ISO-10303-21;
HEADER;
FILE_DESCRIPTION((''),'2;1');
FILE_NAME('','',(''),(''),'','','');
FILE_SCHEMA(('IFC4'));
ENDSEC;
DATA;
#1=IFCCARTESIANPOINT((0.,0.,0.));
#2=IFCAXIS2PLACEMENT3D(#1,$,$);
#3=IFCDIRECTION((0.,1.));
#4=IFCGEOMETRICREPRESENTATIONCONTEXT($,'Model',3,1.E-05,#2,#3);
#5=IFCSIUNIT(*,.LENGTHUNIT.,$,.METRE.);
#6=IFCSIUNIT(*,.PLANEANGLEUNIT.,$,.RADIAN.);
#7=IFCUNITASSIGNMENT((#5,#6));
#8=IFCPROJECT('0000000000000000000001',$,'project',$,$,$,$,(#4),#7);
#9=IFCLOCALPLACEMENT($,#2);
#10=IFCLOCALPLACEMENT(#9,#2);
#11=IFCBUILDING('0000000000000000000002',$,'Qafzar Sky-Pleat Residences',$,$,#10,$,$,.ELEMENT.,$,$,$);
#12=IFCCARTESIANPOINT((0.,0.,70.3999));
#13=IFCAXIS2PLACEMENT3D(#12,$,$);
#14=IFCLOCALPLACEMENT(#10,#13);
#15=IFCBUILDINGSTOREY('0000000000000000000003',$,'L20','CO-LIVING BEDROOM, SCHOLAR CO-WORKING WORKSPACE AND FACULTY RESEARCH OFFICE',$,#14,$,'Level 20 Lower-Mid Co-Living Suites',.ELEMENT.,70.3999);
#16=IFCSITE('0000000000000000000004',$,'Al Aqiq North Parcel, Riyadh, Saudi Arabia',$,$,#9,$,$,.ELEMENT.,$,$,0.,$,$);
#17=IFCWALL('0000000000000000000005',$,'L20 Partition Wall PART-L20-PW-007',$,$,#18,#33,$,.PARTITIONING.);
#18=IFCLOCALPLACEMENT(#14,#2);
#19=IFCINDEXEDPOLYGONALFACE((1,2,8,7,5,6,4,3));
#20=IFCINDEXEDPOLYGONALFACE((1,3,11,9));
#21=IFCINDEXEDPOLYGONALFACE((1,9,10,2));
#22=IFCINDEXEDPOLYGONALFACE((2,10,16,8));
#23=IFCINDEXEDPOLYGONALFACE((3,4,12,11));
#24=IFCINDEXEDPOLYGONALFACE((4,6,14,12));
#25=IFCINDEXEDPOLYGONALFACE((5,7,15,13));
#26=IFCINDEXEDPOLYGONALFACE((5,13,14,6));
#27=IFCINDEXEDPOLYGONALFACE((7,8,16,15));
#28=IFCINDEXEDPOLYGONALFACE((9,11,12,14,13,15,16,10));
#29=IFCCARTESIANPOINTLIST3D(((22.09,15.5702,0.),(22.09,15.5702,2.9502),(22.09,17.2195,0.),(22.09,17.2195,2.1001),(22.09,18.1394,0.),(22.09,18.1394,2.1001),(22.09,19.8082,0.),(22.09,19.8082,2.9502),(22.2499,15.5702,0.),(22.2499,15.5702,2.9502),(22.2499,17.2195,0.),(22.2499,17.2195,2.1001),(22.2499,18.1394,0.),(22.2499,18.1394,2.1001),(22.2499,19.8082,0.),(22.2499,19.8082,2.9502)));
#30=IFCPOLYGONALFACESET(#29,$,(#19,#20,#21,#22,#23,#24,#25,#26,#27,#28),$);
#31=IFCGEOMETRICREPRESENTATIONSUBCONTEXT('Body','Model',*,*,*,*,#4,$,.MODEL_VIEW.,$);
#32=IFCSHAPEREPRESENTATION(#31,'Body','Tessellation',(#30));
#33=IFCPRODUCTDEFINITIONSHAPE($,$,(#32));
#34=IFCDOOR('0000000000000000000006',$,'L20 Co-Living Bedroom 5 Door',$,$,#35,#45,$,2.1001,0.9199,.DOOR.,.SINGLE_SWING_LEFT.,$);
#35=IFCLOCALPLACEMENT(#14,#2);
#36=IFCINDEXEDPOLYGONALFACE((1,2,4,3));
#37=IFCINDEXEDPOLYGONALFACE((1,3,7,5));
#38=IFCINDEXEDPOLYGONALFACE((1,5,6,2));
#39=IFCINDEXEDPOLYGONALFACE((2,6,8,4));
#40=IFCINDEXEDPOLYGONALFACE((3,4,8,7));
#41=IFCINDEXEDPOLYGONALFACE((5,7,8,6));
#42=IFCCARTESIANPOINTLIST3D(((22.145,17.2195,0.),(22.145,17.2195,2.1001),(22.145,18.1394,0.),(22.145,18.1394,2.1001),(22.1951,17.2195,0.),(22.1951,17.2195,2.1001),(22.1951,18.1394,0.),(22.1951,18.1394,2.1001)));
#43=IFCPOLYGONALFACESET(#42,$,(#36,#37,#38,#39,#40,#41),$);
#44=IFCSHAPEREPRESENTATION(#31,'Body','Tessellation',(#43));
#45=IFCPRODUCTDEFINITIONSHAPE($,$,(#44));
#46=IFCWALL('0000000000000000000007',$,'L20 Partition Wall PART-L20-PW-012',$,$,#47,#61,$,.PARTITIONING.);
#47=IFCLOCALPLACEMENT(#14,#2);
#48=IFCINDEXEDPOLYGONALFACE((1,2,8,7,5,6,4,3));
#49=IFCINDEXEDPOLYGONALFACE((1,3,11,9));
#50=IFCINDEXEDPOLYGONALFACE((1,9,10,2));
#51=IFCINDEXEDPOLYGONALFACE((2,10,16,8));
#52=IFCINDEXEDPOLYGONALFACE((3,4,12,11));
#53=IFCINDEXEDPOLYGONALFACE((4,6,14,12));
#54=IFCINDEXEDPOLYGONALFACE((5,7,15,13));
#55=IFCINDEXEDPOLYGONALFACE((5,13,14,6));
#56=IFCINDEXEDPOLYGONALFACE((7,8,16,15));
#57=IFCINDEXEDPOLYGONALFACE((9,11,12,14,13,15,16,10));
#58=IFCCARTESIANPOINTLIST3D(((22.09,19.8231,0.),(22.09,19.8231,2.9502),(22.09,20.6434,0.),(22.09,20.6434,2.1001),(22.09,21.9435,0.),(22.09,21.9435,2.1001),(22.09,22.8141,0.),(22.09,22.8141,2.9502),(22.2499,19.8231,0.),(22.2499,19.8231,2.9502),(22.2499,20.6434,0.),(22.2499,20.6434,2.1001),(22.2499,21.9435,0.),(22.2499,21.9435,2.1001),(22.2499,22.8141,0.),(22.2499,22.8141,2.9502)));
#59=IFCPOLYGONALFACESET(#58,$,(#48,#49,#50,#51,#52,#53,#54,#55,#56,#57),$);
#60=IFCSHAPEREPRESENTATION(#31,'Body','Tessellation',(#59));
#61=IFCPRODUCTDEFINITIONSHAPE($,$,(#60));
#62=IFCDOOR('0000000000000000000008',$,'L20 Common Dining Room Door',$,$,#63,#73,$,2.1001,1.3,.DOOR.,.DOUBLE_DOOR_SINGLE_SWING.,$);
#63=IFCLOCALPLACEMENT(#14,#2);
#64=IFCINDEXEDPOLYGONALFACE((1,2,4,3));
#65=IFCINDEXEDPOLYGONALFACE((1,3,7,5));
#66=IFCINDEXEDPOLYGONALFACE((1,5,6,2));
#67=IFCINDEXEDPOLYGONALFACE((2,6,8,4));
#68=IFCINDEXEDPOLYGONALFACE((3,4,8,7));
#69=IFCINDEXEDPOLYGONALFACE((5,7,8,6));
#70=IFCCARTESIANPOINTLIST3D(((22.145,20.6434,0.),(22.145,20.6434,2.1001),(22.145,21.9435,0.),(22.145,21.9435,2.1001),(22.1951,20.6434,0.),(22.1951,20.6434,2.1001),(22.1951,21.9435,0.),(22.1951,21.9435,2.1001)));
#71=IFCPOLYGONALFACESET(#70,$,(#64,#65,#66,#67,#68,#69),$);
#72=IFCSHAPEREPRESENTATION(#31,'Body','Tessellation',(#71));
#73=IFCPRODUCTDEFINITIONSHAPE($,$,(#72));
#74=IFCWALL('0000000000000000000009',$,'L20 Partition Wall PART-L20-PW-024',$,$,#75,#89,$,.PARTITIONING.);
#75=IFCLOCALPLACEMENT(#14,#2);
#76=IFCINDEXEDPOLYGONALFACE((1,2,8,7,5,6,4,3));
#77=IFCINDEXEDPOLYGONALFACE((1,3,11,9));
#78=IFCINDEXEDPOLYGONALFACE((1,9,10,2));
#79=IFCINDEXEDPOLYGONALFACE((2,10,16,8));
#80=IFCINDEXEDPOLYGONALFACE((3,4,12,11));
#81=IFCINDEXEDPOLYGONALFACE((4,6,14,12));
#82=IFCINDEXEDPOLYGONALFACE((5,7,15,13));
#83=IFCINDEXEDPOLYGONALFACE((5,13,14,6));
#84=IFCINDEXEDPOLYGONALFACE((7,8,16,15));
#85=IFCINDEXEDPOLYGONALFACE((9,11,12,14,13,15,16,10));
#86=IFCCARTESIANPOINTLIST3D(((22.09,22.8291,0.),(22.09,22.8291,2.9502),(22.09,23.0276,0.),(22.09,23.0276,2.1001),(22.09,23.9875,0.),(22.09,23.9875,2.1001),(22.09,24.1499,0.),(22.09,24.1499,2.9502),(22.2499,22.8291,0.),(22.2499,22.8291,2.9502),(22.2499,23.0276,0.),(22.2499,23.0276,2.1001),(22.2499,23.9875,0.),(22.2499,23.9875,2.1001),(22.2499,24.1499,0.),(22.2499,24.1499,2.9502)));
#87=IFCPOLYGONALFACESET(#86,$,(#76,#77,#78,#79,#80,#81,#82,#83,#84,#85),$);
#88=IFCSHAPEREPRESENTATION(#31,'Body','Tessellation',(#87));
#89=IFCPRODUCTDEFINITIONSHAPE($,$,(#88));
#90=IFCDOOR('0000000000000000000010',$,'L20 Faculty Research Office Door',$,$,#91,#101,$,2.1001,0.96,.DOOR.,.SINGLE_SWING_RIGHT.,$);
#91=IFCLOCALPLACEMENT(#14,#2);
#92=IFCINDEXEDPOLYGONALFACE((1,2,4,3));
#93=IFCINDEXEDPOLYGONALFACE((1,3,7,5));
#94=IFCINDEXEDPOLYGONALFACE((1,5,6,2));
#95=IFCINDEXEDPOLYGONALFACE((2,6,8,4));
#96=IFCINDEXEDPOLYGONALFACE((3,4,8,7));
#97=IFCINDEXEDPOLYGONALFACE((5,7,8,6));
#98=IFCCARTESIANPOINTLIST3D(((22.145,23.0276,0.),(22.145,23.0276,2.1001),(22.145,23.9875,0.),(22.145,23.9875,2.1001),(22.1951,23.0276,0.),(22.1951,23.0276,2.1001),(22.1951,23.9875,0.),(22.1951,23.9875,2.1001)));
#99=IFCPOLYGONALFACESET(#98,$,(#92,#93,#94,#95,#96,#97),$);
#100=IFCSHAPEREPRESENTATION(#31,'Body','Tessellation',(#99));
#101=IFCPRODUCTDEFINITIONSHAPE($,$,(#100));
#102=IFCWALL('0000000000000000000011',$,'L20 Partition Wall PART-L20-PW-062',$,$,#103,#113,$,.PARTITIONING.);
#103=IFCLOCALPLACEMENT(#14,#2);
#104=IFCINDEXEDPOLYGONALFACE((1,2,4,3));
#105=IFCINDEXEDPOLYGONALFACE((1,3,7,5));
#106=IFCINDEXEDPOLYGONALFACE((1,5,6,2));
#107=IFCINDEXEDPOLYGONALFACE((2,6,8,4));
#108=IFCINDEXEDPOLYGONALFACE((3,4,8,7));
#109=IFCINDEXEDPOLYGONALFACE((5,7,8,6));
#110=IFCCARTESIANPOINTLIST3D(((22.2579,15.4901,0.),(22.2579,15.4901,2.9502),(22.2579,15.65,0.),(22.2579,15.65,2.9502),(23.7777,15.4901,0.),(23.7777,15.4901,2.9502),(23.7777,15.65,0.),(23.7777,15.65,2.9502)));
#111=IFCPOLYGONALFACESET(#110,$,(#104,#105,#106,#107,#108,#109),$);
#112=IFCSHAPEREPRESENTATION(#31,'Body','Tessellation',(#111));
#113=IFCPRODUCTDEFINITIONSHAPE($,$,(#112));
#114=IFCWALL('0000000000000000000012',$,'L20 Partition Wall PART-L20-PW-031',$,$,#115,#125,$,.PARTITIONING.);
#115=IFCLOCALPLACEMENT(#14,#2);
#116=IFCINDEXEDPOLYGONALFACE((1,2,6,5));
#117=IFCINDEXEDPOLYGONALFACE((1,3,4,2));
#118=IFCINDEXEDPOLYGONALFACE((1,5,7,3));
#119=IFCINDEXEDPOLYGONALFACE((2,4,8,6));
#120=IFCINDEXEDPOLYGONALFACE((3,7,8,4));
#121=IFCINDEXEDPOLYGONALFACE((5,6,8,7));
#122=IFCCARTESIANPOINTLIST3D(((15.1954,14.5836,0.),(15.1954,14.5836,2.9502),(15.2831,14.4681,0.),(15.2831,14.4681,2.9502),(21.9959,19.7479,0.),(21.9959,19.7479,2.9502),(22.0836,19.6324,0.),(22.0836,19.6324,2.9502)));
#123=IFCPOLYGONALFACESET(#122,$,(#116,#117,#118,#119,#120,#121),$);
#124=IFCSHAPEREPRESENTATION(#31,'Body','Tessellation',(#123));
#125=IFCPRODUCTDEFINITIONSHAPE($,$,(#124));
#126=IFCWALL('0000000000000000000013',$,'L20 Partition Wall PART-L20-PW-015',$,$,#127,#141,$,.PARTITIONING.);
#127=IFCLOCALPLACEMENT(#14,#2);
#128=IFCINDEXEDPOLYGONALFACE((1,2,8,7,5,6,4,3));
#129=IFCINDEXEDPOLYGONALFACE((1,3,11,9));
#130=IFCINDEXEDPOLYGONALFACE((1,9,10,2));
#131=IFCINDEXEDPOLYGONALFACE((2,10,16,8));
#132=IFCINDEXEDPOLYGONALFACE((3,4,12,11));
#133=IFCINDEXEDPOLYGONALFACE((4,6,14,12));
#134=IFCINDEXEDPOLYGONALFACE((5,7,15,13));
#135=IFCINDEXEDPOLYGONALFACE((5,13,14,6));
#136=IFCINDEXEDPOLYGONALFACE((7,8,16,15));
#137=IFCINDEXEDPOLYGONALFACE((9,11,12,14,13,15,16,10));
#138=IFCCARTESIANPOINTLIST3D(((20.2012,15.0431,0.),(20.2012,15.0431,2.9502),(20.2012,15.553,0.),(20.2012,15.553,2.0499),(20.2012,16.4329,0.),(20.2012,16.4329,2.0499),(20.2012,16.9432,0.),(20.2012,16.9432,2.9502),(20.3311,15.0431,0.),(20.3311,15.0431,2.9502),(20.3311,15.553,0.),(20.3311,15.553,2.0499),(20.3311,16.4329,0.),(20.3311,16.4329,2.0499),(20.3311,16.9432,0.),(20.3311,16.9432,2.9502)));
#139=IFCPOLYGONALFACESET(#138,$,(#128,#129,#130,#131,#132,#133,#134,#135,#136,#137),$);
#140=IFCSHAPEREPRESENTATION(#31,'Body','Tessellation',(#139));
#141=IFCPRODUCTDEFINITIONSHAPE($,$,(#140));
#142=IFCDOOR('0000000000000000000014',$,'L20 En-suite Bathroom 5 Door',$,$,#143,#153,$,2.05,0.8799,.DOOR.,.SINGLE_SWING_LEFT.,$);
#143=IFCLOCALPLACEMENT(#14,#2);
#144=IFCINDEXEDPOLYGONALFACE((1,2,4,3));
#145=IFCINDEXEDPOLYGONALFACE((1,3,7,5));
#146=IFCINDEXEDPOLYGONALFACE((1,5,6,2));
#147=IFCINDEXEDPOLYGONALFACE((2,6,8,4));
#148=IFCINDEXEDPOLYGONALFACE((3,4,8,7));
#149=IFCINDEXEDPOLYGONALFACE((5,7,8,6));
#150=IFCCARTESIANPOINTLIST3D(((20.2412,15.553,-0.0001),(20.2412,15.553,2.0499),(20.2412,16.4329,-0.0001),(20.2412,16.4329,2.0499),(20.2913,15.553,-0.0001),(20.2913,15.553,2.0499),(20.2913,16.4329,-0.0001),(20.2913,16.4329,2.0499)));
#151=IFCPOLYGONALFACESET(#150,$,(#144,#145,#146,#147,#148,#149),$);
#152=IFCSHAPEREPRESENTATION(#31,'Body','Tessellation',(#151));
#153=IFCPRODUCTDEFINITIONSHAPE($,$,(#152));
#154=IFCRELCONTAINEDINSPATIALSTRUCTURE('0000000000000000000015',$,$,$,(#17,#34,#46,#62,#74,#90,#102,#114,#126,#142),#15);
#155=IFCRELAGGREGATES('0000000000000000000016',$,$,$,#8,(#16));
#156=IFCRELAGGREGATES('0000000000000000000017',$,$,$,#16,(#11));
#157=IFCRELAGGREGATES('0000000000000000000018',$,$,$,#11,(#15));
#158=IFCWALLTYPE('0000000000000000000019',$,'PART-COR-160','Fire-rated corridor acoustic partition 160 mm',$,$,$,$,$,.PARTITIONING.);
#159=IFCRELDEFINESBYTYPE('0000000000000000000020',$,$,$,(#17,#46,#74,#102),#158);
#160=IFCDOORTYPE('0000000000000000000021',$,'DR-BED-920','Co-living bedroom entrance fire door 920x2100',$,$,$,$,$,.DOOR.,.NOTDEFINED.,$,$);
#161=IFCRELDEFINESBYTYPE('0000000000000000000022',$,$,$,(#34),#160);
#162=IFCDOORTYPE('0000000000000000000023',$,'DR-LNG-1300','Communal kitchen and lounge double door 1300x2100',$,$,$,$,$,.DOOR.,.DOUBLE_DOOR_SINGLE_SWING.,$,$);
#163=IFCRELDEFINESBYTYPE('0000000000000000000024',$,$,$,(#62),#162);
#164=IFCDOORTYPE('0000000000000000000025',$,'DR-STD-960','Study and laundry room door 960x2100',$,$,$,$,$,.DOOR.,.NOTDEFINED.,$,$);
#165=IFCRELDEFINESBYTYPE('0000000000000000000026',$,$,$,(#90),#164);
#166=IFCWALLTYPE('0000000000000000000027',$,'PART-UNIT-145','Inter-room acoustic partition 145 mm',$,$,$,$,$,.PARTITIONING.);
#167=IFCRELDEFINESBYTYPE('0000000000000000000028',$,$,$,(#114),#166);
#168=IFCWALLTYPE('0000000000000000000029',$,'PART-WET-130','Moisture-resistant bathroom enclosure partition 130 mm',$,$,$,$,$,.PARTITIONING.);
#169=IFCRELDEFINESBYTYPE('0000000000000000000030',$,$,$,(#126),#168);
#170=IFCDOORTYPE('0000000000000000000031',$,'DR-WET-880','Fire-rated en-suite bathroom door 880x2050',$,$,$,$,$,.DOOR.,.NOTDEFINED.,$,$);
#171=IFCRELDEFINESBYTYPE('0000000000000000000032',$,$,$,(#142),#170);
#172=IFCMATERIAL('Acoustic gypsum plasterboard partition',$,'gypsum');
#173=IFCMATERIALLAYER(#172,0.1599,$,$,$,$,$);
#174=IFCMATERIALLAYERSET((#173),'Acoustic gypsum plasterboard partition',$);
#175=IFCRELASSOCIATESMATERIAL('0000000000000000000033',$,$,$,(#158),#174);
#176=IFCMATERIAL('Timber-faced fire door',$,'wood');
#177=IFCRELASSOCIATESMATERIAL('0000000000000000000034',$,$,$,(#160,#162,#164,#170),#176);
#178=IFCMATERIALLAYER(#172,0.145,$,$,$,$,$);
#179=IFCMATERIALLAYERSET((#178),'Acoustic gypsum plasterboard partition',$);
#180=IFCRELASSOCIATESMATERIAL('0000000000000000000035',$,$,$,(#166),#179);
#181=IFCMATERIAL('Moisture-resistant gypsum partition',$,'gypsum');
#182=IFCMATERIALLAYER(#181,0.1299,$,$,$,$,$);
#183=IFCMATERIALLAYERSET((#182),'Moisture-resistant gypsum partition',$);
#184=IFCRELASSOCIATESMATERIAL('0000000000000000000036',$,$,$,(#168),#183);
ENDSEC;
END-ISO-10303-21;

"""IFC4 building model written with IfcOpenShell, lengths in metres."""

from ifc_helpers import new_model, si_unit, direction, frame, frame_2d, origin, place, context, subcontext, project, spatial, rectangle, extrude, source, transform, mapped, material, layer, layer_set, type_object, element, fill, save


model = new_model("IFC4")

# Units and contexts
model_context = context("Model", 3, precision=1e-05, world=origin(), true_north=direction((0.0, 1.0)))
body_context = subcontext(model_context, "Body", "Model", "MODEL_VIEW")
ifc_project = project(units=[si_unit("LENGTHUNIT", "METRE"), si_unit("PLANEANGLEUNIT", "RADIAN")], contexts=[model_context])

# Site, building, storey
site_placement = place(None, origin())
site = spatial("IfcSite", under=ifc_project, at=site_placement, Name="Al Aqiq North Parcel, Riyadh, Saudi Arabia", CompositionType="ELEMENT", RefElevation=0.0)
building_placement = place(site_placement, origin())
building = spatial("IfcBuilding", under=site, at=building_placement, Name="Qafzar Sky-Pleat Residences", CompositionType="ELEMENT")
storey_placement = place(building_placement, frame((0.0, 0.0, 70.3999)))
storey = spatial("IfcBuildingStorey", under=building, at=storey_placement, Name="L20", Description="CO-LIVING BEDROOM, SCHOLAR CO-WORKING WORKSPACE AND FACULTY RESEARCH OFFICE", LongName="Level 20 Lower-Mid Co-Living Suites", CompositionType="ELEMENT", Elevation=70.3999)

# Walls, openings, doors
ifc_material_1 = material(Name="Acoustic gypsum plasterboard partition", Category="gypsum")
ifc_layer_1 = layer(ifc_material_1, 0.1599)
ifc_layer_set_1 = layer_set([ifc_layer_1], Name="Acoustic gypsum plasterboard partition")
wall_type_1 = type_object("IfcWallType", Name="PART-COR-160", Description="Fire-rated corridor acoustic partition 160 mm", PredefinedType="PARTITIONING", material=ifc_layer_set_1)
wall_1_placement = place(storey_placement, frame((22.1699, 15.5701, 0.0), z_axis=(0.0, 0.0, 1.0), x_axis=(0.0, 1.0, 0.0)))
wall_1 = element("IfcWall", 1, at=wall_1_placement, inside=storey, type_object=wall_type_1, Name="L20 Partition Wall PART-L20-PW-007", PredefinedType="PARTITIONING", context=body_context, shape_type="SweptSolid", body=[
    extrude(rectangle(XDim=4.238, YDim=0.1599, at=frame_2d((2.1191, 0.0))), origin(), (0.0, 0.0, 1.0), 2.9502),
])
opening_1_placement = place(wall_1_placement, frame((1.6494, 0.0, 0.0)))
opening_1 = element("IfcOpeningElement", 2, at=opening_1_placement, cuts=wall_1, PredefinedType="OPENING", context=body_context, shape_type="SweptSolid", body=[
    extrude(rectangle(XDim=0.9199, YDim=2.1001, at=frame_2d((0.46, 1.05))), frame((0.0, 0.0898, 0.0), z_axis=(0.0, -1.0, 0.0), x_axis=(1.0, 0.0, 0.0)), (0.0, 0.0, 1.0), 0.1799),
])
ifc_material_2 = material(Name="Timber-faced fire door", Category="wood")
door_type_1 = type_object("IfcDoorType", Name="DR-BED-920", Description="Co-living bedroom entrance fire door 920x2100", OperationType="NOTDEFINED", PredefinedType="DOOR", material=ifc_material_2)
shared_shape_1 = source(origin(), body_context, "Body", "SweptSolid", [
    extrude(rectangle(XDim=0.9199, YDim=2.1001, at=frame_2d((0.46, 1.05))), frame((0.0, 0.0249, 0.0), z_axis=(0.0, -1.0, 0.0), x_axis=(1.0, 0.0, 0.0)), (0.0, 0.0, 1.0), 0.05),
])
door_1_placement = place(opening_1_placement, origin())
door_1 = element("IfcDoor", 3, at=door_1_placement, inside=storey, type_object=door_type_1, Name="L20 Co-Living Bedroom 5 Door", OperationType="SINGLE_SWING_LEFT", OverallHeight=2.1001, OverallWidth=0.9199, PredefinedType="DOOR", context=body_context, shape_type="MappedRepresentation", body=[
    mapped(shared_shape_1, transform((0.0, 0.0, 0.0), x_axis=(1.0, 0.0, 0.0), y_axis=(0.0, 1.0, 0.0), z_axis=(0.0, 0.0, 1.0), scale=1.0)),
])
fill(opening_1, door_1)
wall_2_placement = place(storey_placement, frame((22.1699, 19.823, 0.0), z_axis=(0.0, 0.0, 1.0), x_axis=(0.0, 1.0, 0.0)))
wall_2 = element("IfcWall", 4, at=wall_2_placement, inside=storey, type_object=wall_type_1, Name="L20 Partition Wall PART-L20-PW-012", PredefinedType="PARTITIONING", context=body_context, shape_type="SweptSolid", body=[
    extrude(rectangle(XDim=2.991, YDim=0.1599, at=frame_2d((1.4956, 0.0))), origin(), (0.0, 0.0, 1.0), 2.9502),
])
opening_2_placement = place(wall_2_placement, frame((0.8206, 0.0, 0.0)))
opening_2 = element("IfcOpeningElement", 5, at=opening_2_placement, cuts=wall_2, PredefinedType="OPENING", context=body_context, shape_type="SweptSolid", body=[
    extrude(rectangle(XDim=1.3, YDim=2.1001, at=frame_2d((0.6499, 1.05))), frame((0.0, 0.0898, 0.0), z_axis=(0.0, -1.0, 0.0), x_axis=(1.0, 0.0, 0.0)), (0.0, 0.0, 1.0), 0.1799),
])
door_type_2 = type_object("IfcDoorType", Name="DR-LNG-1300", Description="Communal kitchen and lounge double door 1300x2100", OperationType="DOUBLE_DOOR_SINGLE_SWING", PredefinedType="DOOR", material=ifc_material_2)
shared_shape_2 = source(origin(), body_context, "Body", "SweptSolid", [
    extrude(rectangle(XDim=1.3, YDim=2.1001, at=frame_2d((0.6499, 1.05))), frame((0.0, 0.0249, 0.0), z_axis=(0.0, -1.0, 0.0), x_axis=(1.0, 0.0, 0.0)), (0.0, 0.0, 1.0), 0.05),
])
door_2_placement = place(opening_2_placement, origin())
door_2 = element("IfcDoor", 6, at=door_2_placement, inside=storey, type_object=door_type_2, Name="L20 Common Dining Room Door", OperationType="DOUBLE_DOOR_SINGLE_SWING", OverallHeight=2.1001, OverallWidth=1.3, PredefinedType="DOOR", context=body_context, shape_type="MappedRepresentation", body=[
    mapped(shared_shape_2, transform((0.0, 0.0, 0.0), x_axis=(1.0, 0.0, 0.0), y_axis=(0.0, 1.0, 0.0), z_axis=(0.0, 0.0, 1.0), scale=1.0)),
])
fill(opening_2, door_2)
wall_3_placement = place(storey_placement, frame((22.1699, 22.8291, 0.0), z_axis=(0.0, 0.0, 1.0), x_axis=(0.0, 1.0, 0.0)))
wall_3 = element("IfcWall", 7, at=wall_3_placement, inside=storey, type_object=wall_type_1, Name="L20 Partition Wall PART-L20-PW-024", PredefinedType="PARTITIONING", context=body_context, shape_type="SweptSolid", body=[
    extrude(rectangle(XDim=1.3208, YDim=0.1599, at=frame_2d((0.6604, 0.0))), origin(), (0.0, 0.0, 1.0), 2.9502),
])
opening_3_placement = place(wall_3_placement, frame((0.1985, 0.0, 0.0)))
opening_3 = element("IfcOpeningElement", 8, at=opening_3_placement, cuts=wall_3, PredefinedType="OPENING", context=body_context, shape_type="SweptSolid", body=[
    extrude(rectangle(XDim=0.96, YDim=2.1001, at=frame_2d((0.48, 1.05))), frame((0.0, 0.0898, 0.0), z_axis=(0.0, -1.0, 0.0), x_axis=(1.0, 0.0, 0.0)), (0.0, 0.0, 1.0), 0.1799),
])
door_type_3 = type_object("IfcDoorType", Name="DR-STD-960", Description="Study and laundry room door 960x2100", OperationType="NOTDEFINED", PredefinedType="DOOR", material=ifc_material_2)
shared_shape_3 = source(origin(), body_context, "Body", "SweptSolid", [
    extrude(rectangle(XDim=0.96, YDim=2.1001, at=frame_2d((0.48, 1.05))), frame((0.0, 0.0249, 0.0), z_axis=(0.0, -1.0, 0.0), x_axis=(1.0, 0.0, 0.0)), (0.0, 0.0, 1.0), 0.05),
])
door_3_placement = place(opening_3_placement, origin())
door_3 = element("IfcDoor", 9, at=door_3_placement, inside=storey, type_object=door_type_3, Name="L20 Faculty Research Office Door", OperationType="SINGLE_SWING_RIGHT", OverallHeight=2.1001, OverallWidth=0.96, PredefinedType="DOOR", context=body_context, shape_type="MappedRepresentation", body=[
    mapped(shared_shape_3, transform((0.0, 0.0, 0.0), x_axis=(1.0, 0.0, 0.0), y_axis=(0.0, 1.0, 0.0), z_axis=(0.0, 0.0, 1.0), scale=1.0)),
])
fill(opening_3, door_3)

# Walls
wall_4_placement = place(storey_placement, frame((22.2581, 15.5701, 0.0), z_axis=(0.0, 0.0, 1.0), x_axis=(1.0, 0.0, 0.0)))
element("IfcWall", 10, at=wall_4_placement, inside=storey, type_object=wall_type_1, Name="L20 Partition Wall PART-L20-PW-062", PredefinedType="PARTITIONING", context=body_context, shape_type="SweptSolid", body=[
    extrude(rectangle(XDim=1.5198, YDim=0.1599, at=frame_2d((0.7598, 0.0))), origin(), (0.0, 0.0, 1.0), 2.9502),
])
ifc_layer_2 = layer(ifc_material_1, 0.145)
ifc_layer_set_2 = layer_set([ifc_layer_2], Name="Acoustic gypsum plasterboard partition")
wall_type_2 = type_object("IfcWallType", Name="PART-UNIT-145", Description="Inter-room acoustic partition 145 mm", PredefinedType="PARTITIONING", material=ifc_layer_set_2)
wall_5_placement = place(storey_placement, frame((15.2393, 14.5259, 0.0), z_axis=(0.0, 0.0, 1.0), x_axis=(0.796394, 0.604779, 0.0)))
element("IfcWall", 11, at=wall_5_placement, inside=storey, type_object=wall_type_2, Name="L20 Partition Wall PART-L20-PW-031", PredefinedType="PARTITIONING", context=body_context, shape_type="SweptSolid", body=[
    extrude(rectangle(XDim=8.5391, YDim=0.145, at=frame_2d((4.2695, 0.0))), origin(), (0.0, 0.0, 1.0), 2.9502),
])

# Wall, opening, door
ifc_material_3 = material(Name="Moisture-resistant gypsum partition", Category="gypsum")
ifc_layer_3 = layer(ifc_material_3, 0.1299)
ifc_layer_set_3 = layer_set([ifc_layer_3], Name="Moisture-resistant gypsum partition")
wall_type_3 = type_object("IfcWallType", Name="PART-WET-130", Description="Moisture-resistant bathroom enclosure partition 130 mm", PredefinedType="PARTITIONING", material=ifc_layer_set_3)
wall_6_placement = place(storey_placement, frame((20.2661, 15.043, 0.0), z_axis=(0.0, 0.0, 1.0), x_axis=(0.0, 1.0, 0.0)))
wall_6 = element("IfcWall", 12, at=wall_6_placement, inside=storey, type_object=wall_type_3, Name="L20 Partition Wall PART-L20-PW-015", PredefinedType="PARTITIONING", context=body_context, shape_type="SweptSolid", body=[
    extrude(rectangle(XDim=1.9001, YDim=0.1299, at=frame_2d((0.9502, 0.0))), origin(), (0.0, 0.0, 1.0), 2.9502),
])
opening_4_placement = place(wall_6_placement, frame((0.51, 0.0, 0.0)))
opening_4 = element("IfcOpeningElement", 13, at=opening_4_placement, cuts=wall_6, PredefinedType="OPENING", context=body_context, shape_type="SweptSolid", body=[
    extrude(rectangle(XDim=0.8799, YDim=2.05, at=frame_2d((0.4399, 1.0249))), frame((0.0, 0.075, 0.0), z_axis=(0.0, -1.0, 0.0), x_axis=(1.0, 0.0, 0.0)), (0.0, 0.0, 1.0), 0.1499),
])
door_type_4 = type_object("IfcDoorType", Name="DR-WET-880", Description="Fire-rated en-suite bathroom door 880x2050", OperationType="NOTDEFINED", PredefinedType="DOOR", material=ifc_material_2)
shared_shape_4 = source(origin(), body_context, "Body", "SweptSolid", [
    extrude(rectangle(XDim=0.8799, YDim=2.05, at=frame_2d((0.4399, 1.0249))), frame((0.0, 0.0249, 0.0), z_axis=(0.0, -1.0, 0.0), x_axis=(1.0, 0.0, 0.0)), (0.0, 0.0, 1.0), 0.05),
])
door_4_placement = place(opening_4_placement, origin())
door_4 = element("IfcDoor", 14, at=door_4_placement, inside=storey, type_object=door_type_4, Name="L20 En-suite Bathroom 5 Door", OperationType="SINGLE_SWING_LEFT", OverallHeight=2.05, OverallWidth=0.8799, PredefinedType="DOOR", context=body_context, shape_type="MappedRepresentation", body=[
    mapped(shared_shape_4, transform((0.0, 0.0, 0.0), x_axis=(1.0, 0.0, 0.0), y_axis=(0.0, 1.0, 0.0), z_axis=(0.0, 0.0, 1.0), scale=1.0)),
])
fill(opening_4, door_4)

save(model, "model.ifc")
